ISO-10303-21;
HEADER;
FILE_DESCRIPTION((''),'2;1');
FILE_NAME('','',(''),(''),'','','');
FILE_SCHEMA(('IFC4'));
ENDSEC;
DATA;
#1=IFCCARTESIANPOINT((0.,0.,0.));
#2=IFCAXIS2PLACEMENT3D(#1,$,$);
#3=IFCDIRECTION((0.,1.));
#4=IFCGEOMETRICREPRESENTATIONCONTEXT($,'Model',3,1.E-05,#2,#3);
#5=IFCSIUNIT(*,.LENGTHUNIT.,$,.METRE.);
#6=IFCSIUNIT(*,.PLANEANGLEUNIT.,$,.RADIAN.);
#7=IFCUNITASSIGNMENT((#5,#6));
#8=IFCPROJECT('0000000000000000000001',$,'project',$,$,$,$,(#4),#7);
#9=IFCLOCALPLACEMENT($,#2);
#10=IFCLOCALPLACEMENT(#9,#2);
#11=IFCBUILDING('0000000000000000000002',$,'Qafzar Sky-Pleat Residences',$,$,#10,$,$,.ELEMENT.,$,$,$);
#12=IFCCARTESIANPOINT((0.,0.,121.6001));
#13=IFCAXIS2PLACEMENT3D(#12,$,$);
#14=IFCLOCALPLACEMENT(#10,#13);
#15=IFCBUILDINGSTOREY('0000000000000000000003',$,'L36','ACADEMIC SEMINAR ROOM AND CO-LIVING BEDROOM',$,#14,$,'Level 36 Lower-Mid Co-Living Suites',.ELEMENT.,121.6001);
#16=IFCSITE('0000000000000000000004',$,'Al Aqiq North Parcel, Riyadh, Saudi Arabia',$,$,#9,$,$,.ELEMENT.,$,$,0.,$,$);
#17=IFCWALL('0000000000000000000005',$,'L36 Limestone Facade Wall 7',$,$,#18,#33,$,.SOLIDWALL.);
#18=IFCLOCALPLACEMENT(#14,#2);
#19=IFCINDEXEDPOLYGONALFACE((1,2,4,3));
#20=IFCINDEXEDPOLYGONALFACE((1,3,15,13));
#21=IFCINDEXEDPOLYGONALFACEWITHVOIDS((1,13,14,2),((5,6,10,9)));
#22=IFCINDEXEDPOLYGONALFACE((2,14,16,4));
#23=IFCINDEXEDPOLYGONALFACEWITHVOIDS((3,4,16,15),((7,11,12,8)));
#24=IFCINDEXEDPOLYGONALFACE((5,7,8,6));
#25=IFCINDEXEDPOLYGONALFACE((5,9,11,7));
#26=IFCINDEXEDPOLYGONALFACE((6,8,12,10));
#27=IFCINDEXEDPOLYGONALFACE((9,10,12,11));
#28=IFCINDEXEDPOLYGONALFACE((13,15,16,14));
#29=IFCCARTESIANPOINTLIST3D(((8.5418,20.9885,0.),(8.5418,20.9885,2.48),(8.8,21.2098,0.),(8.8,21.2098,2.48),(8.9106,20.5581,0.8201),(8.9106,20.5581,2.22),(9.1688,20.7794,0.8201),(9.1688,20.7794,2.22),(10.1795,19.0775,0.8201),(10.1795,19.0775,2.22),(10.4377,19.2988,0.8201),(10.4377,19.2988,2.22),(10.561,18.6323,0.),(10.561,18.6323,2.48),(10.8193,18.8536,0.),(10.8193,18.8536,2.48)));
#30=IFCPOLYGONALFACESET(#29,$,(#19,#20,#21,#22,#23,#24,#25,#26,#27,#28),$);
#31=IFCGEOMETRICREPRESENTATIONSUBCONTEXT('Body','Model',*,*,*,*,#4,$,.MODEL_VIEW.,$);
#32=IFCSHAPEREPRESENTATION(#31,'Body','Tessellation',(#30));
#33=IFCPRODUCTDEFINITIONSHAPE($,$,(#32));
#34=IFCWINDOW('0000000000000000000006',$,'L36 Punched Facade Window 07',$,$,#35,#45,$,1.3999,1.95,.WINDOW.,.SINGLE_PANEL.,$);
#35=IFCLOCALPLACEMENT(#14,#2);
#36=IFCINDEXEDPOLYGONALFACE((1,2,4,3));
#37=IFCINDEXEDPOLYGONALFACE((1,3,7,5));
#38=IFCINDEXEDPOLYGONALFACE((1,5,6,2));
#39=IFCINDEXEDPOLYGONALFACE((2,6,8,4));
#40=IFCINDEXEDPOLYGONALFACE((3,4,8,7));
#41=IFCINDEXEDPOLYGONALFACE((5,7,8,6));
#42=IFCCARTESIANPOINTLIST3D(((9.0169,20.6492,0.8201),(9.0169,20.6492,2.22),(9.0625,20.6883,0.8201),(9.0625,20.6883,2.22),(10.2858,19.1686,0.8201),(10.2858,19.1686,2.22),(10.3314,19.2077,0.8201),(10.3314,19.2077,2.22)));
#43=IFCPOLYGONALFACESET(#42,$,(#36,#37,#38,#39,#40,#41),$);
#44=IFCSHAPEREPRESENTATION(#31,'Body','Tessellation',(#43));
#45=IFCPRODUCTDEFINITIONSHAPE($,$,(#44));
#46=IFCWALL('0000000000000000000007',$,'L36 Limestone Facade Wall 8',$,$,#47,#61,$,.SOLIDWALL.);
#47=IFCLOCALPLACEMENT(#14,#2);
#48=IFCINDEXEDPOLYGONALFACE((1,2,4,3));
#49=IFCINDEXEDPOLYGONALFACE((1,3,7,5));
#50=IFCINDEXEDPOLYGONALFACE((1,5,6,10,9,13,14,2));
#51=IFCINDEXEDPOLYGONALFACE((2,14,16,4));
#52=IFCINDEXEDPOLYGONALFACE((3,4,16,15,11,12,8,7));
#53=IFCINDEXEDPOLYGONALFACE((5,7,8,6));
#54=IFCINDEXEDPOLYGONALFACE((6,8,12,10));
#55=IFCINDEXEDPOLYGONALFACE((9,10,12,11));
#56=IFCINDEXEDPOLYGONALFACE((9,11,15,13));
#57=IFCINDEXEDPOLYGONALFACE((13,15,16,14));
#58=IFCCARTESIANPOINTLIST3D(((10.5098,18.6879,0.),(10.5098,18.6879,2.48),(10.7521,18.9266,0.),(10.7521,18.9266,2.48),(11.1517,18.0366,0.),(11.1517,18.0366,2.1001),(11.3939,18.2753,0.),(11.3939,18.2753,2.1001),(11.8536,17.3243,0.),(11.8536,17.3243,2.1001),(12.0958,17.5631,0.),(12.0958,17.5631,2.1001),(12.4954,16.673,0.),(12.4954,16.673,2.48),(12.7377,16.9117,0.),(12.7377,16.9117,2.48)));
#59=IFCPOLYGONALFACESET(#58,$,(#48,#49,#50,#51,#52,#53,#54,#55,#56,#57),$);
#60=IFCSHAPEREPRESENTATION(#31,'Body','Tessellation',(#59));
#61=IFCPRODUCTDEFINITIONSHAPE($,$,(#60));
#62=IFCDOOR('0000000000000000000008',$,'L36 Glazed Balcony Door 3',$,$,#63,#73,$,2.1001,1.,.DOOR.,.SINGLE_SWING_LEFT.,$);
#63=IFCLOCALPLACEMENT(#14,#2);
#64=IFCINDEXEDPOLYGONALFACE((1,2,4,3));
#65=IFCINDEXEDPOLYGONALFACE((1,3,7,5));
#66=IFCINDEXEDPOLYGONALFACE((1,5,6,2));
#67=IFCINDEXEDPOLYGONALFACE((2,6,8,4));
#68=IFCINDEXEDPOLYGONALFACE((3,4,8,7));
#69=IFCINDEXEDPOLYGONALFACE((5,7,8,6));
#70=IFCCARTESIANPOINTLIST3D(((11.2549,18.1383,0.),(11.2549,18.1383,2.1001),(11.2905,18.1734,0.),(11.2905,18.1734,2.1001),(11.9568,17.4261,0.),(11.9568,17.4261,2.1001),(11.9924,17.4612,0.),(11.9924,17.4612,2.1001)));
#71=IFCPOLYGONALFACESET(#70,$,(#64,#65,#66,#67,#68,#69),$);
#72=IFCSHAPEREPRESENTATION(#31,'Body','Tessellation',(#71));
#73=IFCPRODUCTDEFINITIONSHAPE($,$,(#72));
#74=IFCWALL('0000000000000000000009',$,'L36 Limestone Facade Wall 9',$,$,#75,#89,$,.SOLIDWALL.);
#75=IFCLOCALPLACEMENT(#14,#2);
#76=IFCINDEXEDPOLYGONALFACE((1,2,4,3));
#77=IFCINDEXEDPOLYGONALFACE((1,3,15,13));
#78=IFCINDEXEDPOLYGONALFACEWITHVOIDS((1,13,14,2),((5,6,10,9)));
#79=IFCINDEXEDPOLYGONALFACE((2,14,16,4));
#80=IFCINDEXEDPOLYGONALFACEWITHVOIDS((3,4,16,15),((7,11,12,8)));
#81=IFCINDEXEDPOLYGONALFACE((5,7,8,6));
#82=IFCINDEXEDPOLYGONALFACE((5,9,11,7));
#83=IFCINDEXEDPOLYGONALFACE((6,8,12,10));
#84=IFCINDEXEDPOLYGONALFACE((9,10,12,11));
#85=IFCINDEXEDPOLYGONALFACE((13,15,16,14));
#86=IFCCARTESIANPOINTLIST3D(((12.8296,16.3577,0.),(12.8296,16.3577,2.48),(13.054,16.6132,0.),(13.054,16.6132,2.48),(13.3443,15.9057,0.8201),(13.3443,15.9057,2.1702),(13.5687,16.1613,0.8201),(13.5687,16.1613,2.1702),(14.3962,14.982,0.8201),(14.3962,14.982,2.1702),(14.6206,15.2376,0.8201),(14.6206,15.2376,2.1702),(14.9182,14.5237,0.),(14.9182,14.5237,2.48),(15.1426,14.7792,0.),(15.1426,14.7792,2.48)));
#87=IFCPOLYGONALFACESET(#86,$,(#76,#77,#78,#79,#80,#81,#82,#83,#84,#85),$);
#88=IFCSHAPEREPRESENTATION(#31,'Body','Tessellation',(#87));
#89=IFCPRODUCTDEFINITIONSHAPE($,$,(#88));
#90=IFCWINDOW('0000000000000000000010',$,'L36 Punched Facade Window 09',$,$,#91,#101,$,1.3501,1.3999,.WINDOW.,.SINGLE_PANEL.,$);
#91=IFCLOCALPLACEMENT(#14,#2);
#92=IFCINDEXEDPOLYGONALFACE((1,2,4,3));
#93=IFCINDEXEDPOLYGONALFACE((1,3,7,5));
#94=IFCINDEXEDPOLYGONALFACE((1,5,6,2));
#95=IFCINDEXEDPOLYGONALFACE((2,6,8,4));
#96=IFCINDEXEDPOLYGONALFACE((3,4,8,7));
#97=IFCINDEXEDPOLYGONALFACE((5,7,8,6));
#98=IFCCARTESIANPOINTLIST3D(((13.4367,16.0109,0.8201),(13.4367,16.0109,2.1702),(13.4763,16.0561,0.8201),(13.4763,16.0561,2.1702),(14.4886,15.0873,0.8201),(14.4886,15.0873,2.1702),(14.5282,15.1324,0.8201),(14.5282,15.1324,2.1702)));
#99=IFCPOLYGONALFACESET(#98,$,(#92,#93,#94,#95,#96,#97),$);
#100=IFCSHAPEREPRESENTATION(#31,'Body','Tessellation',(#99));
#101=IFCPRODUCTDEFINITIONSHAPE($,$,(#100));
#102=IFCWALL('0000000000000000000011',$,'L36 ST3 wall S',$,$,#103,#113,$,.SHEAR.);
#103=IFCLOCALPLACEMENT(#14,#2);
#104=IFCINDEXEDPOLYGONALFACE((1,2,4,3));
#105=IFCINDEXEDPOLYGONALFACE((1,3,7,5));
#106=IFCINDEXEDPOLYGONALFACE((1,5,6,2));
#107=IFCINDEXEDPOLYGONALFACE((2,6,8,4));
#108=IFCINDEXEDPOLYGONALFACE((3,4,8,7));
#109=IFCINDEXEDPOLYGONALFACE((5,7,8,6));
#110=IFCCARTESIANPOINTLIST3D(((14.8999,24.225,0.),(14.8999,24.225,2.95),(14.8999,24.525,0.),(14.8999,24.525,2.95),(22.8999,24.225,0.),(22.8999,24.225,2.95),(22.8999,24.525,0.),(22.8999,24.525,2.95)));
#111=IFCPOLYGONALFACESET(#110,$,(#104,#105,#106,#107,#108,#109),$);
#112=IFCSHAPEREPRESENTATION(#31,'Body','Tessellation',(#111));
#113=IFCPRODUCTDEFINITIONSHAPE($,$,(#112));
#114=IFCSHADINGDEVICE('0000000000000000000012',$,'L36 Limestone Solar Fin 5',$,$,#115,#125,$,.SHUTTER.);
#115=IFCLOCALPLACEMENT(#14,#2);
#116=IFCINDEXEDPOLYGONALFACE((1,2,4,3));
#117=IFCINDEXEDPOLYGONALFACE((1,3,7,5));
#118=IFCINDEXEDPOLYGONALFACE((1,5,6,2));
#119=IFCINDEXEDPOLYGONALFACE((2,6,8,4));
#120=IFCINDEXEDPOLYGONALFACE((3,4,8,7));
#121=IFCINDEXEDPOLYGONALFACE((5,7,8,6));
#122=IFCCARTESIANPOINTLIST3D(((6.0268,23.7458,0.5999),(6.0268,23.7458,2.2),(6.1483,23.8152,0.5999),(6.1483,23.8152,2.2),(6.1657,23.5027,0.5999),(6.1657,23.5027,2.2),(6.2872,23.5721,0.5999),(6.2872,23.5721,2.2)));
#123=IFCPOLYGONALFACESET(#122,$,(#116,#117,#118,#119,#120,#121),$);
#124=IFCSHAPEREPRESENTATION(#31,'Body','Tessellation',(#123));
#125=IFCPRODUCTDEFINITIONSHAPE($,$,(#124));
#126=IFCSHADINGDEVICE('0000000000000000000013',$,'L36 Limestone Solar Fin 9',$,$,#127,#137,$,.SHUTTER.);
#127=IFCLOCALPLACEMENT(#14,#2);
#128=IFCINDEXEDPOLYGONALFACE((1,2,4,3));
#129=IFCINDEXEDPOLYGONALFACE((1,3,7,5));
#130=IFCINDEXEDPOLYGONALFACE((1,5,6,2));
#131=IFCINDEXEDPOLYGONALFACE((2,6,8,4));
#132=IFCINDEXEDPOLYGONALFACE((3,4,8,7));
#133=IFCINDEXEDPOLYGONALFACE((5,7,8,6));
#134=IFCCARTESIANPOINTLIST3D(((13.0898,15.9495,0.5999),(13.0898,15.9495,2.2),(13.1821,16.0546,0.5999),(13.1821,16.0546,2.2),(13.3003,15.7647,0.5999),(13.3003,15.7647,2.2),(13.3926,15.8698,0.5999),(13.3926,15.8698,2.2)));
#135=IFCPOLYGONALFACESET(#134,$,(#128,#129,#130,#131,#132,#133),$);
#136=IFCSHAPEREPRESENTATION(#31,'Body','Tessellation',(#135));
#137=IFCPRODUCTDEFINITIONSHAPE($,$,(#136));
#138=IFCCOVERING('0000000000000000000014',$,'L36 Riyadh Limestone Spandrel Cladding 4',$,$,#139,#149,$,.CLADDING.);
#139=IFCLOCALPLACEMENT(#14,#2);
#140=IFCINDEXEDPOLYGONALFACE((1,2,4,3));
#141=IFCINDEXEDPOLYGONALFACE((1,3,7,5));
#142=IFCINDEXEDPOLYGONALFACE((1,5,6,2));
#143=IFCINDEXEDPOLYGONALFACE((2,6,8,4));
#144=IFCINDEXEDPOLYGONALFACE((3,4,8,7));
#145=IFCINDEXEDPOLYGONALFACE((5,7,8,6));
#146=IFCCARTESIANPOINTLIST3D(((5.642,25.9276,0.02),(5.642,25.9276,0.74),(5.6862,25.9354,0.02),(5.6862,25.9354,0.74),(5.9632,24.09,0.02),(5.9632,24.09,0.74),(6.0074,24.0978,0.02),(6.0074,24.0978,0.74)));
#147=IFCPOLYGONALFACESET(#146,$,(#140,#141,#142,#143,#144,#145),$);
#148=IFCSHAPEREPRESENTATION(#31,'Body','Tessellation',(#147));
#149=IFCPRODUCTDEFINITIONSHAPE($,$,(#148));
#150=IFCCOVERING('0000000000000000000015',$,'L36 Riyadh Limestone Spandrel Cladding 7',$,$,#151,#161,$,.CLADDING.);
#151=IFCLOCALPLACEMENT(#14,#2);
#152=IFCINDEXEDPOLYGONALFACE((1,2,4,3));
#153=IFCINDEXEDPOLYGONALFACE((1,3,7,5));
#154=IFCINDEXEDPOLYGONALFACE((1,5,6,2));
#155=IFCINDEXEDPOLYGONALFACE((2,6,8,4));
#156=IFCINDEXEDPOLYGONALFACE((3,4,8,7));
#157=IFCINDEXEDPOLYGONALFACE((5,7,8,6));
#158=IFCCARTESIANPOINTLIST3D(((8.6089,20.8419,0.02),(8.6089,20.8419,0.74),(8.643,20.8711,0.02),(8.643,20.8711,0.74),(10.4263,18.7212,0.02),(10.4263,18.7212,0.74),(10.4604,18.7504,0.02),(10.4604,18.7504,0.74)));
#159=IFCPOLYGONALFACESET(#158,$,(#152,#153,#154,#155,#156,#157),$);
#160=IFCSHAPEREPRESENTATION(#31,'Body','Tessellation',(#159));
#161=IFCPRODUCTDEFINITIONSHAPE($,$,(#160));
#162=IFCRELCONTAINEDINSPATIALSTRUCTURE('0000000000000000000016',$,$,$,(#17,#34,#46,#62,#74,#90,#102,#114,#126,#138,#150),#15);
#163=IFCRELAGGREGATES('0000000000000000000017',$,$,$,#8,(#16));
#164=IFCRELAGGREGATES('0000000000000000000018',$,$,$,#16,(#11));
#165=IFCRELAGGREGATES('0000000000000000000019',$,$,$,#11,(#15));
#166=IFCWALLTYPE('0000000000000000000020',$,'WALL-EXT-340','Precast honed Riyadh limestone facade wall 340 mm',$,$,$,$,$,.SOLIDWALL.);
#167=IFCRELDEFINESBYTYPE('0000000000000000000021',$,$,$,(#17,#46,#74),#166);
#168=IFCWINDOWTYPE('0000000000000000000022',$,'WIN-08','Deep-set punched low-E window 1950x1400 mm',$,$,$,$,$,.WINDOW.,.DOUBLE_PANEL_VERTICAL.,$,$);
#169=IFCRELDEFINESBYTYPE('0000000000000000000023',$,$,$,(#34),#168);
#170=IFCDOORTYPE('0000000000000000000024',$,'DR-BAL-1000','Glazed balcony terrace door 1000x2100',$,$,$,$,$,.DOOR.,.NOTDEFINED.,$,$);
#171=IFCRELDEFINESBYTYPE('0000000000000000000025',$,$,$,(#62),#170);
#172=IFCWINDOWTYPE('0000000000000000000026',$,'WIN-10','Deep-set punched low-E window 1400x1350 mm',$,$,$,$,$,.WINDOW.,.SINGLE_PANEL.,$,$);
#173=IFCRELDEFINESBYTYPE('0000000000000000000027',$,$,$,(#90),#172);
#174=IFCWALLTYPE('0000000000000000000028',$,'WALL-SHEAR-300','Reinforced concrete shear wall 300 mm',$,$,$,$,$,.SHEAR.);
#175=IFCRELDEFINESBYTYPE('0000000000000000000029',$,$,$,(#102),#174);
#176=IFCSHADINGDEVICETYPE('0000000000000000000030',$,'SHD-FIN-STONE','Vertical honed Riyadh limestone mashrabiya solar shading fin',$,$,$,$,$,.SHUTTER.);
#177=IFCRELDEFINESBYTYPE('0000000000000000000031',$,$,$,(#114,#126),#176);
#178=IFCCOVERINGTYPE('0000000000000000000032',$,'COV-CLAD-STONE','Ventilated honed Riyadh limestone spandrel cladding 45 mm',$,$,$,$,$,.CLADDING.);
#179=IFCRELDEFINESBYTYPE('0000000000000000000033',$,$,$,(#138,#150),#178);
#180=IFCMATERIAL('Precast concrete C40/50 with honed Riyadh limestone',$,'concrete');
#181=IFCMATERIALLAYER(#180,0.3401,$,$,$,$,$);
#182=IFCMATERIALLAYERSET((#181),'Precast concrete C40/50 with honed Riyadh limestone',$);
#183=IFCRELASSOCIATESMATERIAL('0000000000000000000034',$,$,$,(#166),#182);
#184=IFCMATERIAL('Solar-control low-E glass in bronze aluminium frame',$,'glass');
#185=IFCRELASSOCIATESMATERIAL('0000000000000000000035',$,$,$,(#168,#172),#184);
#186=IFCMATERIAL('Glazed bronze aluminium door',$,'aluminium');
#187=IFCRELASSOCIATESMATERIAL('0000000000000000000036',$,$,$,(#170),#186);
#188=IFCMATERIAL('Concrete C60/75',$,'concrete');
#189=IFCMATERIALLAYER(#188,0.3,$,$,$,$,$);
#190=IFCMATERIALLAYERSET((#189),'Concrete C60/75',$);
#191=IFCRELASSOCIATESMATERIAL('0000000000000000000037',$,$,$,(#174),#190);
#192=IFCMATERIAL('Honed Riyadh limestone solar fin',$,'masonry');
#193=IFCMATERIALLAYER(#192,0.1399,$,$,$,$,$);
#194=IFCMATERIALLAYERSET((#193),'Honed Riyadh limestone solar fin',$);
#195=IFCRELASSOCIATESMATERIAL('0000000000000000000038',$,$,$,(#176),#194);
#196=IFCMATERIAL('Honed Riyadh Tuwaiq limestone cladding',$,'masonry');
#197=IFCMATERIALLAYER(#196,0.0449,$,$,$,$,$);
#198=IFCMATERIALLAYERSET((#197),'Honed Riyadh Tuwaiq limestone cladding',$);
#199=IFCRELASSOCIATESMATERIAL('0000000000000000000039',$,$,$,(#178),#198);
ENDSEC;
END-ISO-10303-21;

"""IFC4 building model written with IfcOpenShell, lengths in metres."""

from ifc_helpers import new_model, si_unit, direction, frame, frame_2d, origin, origin_2d, place, context, subcontext, project, spatial, rectangle, extrude, source, transform, mapped, material, layer, layer_set, type_object, element, fill, save


model = new_model("IFC4")

# Units and contexts
model_context = context("Model", 3, precision=1e-05, world=origin(), true_north=direction((0.0, 1.0)))
body_context = subcontext(model_context, "Body", "Model", "MODEL_VIEW")
ifc_project = project(units=[si_unit("LENGTHUNIT", "METRE"), si_unit("PLANEANGLEUNIT", "RADIAN")], contexts=[model_context])

# Site, building, storey
site_placement = place(None, origin())
site = spatial("IfcSite", under=ifc_project, at=site_placement, Name="Al Aqiq North Parcel, Riyadh, Saudi Arabia", CompositionType="ELEMENT", RefElevation=0.0)
building_placement = place(site_placement, origin())
building = spatial("IfcBuilding", under=site, at=building_placement, Name="Qafzar Sky-Pleat Residences", CompositionType="ELEMENT")
storey_placement = place(building_placement, frame((0.0, 0.0, 121.6001)))
storey = spatial("IfcBuildingStorey", under=building, at=storey_placement, Name="L36", Description="ACADEMIC SEMINAR ROOM AND CO-LIVING BEDROOM", LongName="Level 36 Lower-Mid Co-Living Suites", CompositionType="ELEMENT", Elevation=121.6001)

# Shared definitions
ifc_material_1 = material(Name="Concrete C60/75", Category="concrete")

# Wall, opening, window
ifc_material_2 = material(Name="Precast concrete C40/50 with honed Riyadh limestone", Category="concrete")
ifc_layer_1 = layer(ifc_material_2, 0.3401)
ifc_layer_set_1 = layer_set([ifc_layer_1], Name="Precast concrete C40/50 with honed Riyadh limestone")
wall_type_1 = type_object("IfcWallType", Name="WALL-EXT-340", Description="Precast honed Riyadh limestone facade wall 340 mm", PredefinedType="SOLIDWALL", material=ifc_layer_set_1)
ifc_material_3 = material(Name="Solar-control low-E glass in bronze aluminium frame", Category="glass")
wall_1_placement = place(storey_placement, frame((8.6709, 21.0991, 0.0), z_axis=(0.0, 0.0, 1.0), x_axis=(0.650733, -0.759307, 0.0)))
wall_1 = element("IfcWall", 1, at=wall_1_placement, inside=storey, type_object=wall_type_1, Name="L36 Limestone Facade Wall 7", PredefinedType="SOLIDWALL", context=body_context, shape_type="SweptSolid", body=[
    extrude(rectangle(XDim=3.103, YDim=0.3401, at=frame_2d((1.5515, 0.0))), origin(), (0.0, 0.0, 1.0), 2.48),
])
opening_1_placement = place(wall_1_placement, frame((0.5667, 0.0, 0.8201)))
opening_1 = element("IfcOpeningElement", 2, at=opening_1_placement, cuts=wall_1, PredefinedType="OPENING", context=body_context, shape_type="SweptSolid", body=[
    extrude(rectangle(XDim=1.95, YDim=1.3999, at=frame_2d((0.9751, 0.7))), frame((0.0, 0.1802, 0.0), z_axis=(0.0, -1.0, 0.0), x_axis=(1.0, 0.0, 0.0)), (0.0, 0.0, 1.0), 0.3601),
])
window_type_1 = type_object("IfcWindowType", Name="WIN-08", Description="Deep-set punched low-E window 1950x1400 mm", PartitioningType="DOUBLE_PANEL_VERTICAL", PredefinedType="WINDOW", material=ifc_material_3)
shared_shape_1 = source(origin(), body_context, "Body", "SweptSolid", [
    extrude(rectangle(XDim=1.95, YDim=1.3999, at=frame_2d((0.9751, 0.7))), frame((0.0, 0.03, 0.0), z_axis=(0.0, -1.0, 0.0), x_axis=(1.0, 0.0, 0.0)), (0.0, 0.0, 1.0), 0.0601),
])
window_1_placement = place(opening_1_placement, origin())
window_1 = element("IfcWindow", 3, at=window_1_placement, inside=storey, type_object=window_type_1, Name="L36 Punched Facade Window 07", OverallHeight=1.3999, OverallWidth=1.95, PartitioningType="SINGLE_PANEL", PredefinedType="WINDOW", context=body_context, shape_type="MappedRepresentation", body=[
    mapped(shared_shape_1, transform((0.0, 0.0, 0.0), x_axis=(1.0, 0.0, 0.0), y_axis=(0.0, 1.0, 0.0), z_axis=(0.0, 0.0, 1.0), scale=1.0)),
])
fill(opening_1, window_1)

# Wall, opening, door
wall_2_placement = place(storey_placement, frame((10.6309, 18.8074, 0.0), z_axis=(0.0, 0.0, 1.0), x_axis=(0.70191, -0.712266, 0.0)))
wall_2 = element("IfcWall", 4, at=wall_2_placement, inside=storey, type_object=wall_type_1, Name="L36 Limestone Facade Wall 8", PredefinedType="SOLIDWALL", context=body_context, shape_type="SweptSolid", body=[
    extrude(rectangle(XDim=2.8289, YDim=0.3401, at=frame_2d((1.4146, 0.0))), origin(), (0.0, 0.0, 1.0), 2.48),
])
opening_2_placement = place(wall_2_placement, frame((0.9146, 0.0, 0.0)))
opening_2 = element("IfcOpeningElement", 5, at=opening_2_placement, cuts=wall_2, PredefinedType="OPENING", context=body_context, shape_type="SweptSolid", body=[
    extrude(rectangle(XDim=1.0, YDim=2.1001, at=frame_2d((0.5, 1.05))), frame((0.0, 0.1802, 0.0), z_axis=(0.0, -1.0, 0.0), x_axis=(1.0, 0.0, 0.0)), (0.0, 0.0, 1.0), 0.3601),
])
ifc_material_4 = material(Name="Glazed bronze aluminium door", Category="aluminium")
door_type = type_object("IfcDoorType", Name="DR-BAL-1000", Description="Glazed balcony terrace door 1000x2100", OperationType="NOTDEFINED", PredefinedType="DOOR", material=ifc_material_4)
shared_shape_2 = source(origin(), body_context, "Body", "SweptSolid", [
    extrude(rectangle(XDim=1.0, YDim=2.1001, at=frame_2d((0.5, 1.05))), frame((0.0, 0.0249, 0.0), z_axis=(0.0, -1.0, 0.0), x_axis=(1.0, 0.0, 0.0)), (0.0, 0.0, 1.0), 0.05),
])
door_placement = place(opening_2_placement, origin())
door = element("IfcDoor", 6, at=door_placement, inside=storey, type_object=door_type, Name="L36 Glazed Balcony Door 3", OperationType="SINGLE_SWING_LEFT", OverallHeight=2.1001, OverallWidth=1.0, PredefinedType="DOOR", context=body_context, shape_type="MappedRepresentation", body=[
    mapped(shared_shape_2, transform((0.0, 0.0, 0.0), x_axis=(1.0, 0.0, 0.0), y_axis=(0.0, 1.0, 0.0), z_axis=(0.0, 0.0, 1.0), scale=1.0)),
])
fill(opening_2, door)

# Wall, opening, window
wall_3_placement = place(storey_placement, frame((12.9419, 16.4854, 0.0), z_axis=(0.0, 0.0, 1.0), x_axis=(0.751427, -0.659816, 0.0)))
wall_3 = element("IfcWall", 7, at=wall_3_placement, inside=storey, type_object=wall_type_1, Name="L36 Limestone Facade Wall 9", PredefinedType="SOLIDWALL", context=body_context, shape_type="SweptSolid", body=[
    extrude(rectangle(XDim=2.7795, YDim=0.3401, at=frame_2d((1.3896, 0.0))), origin(), (0.0, 0.0, 1.0), 2.48),
])
opening_3_placement = place(wall_3_placement, frame((0.6848, 0.0, 0.8201)))
opening_3 = element("IfcOpeningElement", 8, at=opening_3_placement, cuts=wall_3, PredefinedType="OPENING", context=body_context, shape_type="SweptSolid", body=[
    extrude(rectangle(XDim=1.3999, YDim=1.3501, at=frame_2d((0.7, 0.675))), frame((0.0, 0.1802, 0.0), z_axis=(0.0, -1.0, 0.0), x_axis=(1.0, 0.0, 0.0)), (0.0, 0.0, 1.0), 0.3601),
])
window_type_2 = type_object("IfcWindowType", Name="WIN-10", Description="Deep-set punched low-E window 1400x1350 mm", PartitioningType="SINGLE_PANEL", PredefinedType="WINDOW", material=ifc_material_3)
shared_shape_3 = source(origin(), body_context, "Body", "SweptSolid", [
    extrude(rectangle(XDim=1.3999, YDim=1.3501, at=frame_2d((0.7, 0.675))), frame((0.0, 0.03, 0.0), z_axis=(0.0, -1.0, 0.0), x_axis=(1.0, 0.0, 0.0)), (0.0, 0.0, 1.0), 0.0601),
])
window_2_placement = place(opening_3_placement, origin())
window_2 = element("IfcWindow", 9, at=window_2_placement, inside=storey, type_object=window_type_2, Name="L36 Punched Facade Window 09", OverallHeight=1.3501, OverallWidth=1.3999, PartitioningType="SINGLE_PANEL", PredefinedType="WINDOW", context=body_context, shape_type="MappedRepresentation", body=[
    mapped(shared_shape_3, transform((0.0, 0.0, 0.0), x_axis=(1.0, 0.0, 0.0), y_axis=(0.0, 1.0, 0.0), z_axis=(0.0, 0.0, 1.0), scale=1.0)),
])
fill(opening_3, window_2)

# Wall
ifc_layer_2 = layer(ifc_material_1, 0.3)
ifc_layer_set_2 = layer_set([ifc_layer_2], Name="Concrete C60/75")
wall_type_2 = type_object("IfcWallType", Name="WALL-SHEAR-300", Description="Reinforced concrete shear wall 300 mm", PredefinedType="SHEAR", material=ifc_layer_set_2)
wall_4_placement = place(storey_placement, frame((14.8999, 24.375, 0.0), z_axis=(0.0, 0.0, 1.0), x_axis=(1.0, 0.0, 0.0)))
element("IfcWall", 10, at=wall_4_placement, inside=storey, type_object=wall_type_2, Name="L36 ST3 wall S", PredefinedType="SHEAR", context=body_context, shape_type="SweptSolid", body=[
    extrude(rectangle(XDim=8.0, YDim=0.3, at=frame_2d((4.0, 0.0))), origin(), (0.0, 0.0, 1.0), 2.95),
])

# Shading devices
ifc_material_5 = material(Name="Honed Riyadh limestone solar fin", Category="masonry")
ifc_layer_3 = layer(ifc_material_5, 0.1399)
ifc_layer_set_3 = layer_set([ifc_layer_3], Name="Honed Riyadh limestone solar fin")
shading_device_type = type_object("IfcShadingDeviceType", Name="SHD-FIN-STONE", Description="Vertical honed Riyadh limestone mashrabiya solar shading fin", PredefinedType="SHUTTER", material=ifc_layer_set_3)
shared_shape_4 = source(origin(), body_context, "Body", "SweptSolid", [
    extrude(rectangle(XDim=0.1399, YDim=0.28, at=origin_2d()), origin(), (0.0, 0.0, 1.0), 1.6001),
])
for number, where, z_axis, x_axis, name in (
    (11, (6.157, 23.6589, 0.5999), (0.0, 0.0, 1.0), (-0.868308, -0.496026, 0.0), "L36 Limestone Solar Fin 5"),
    (12, (13.2412, 15.9097, 0.5999), (0.0, 0.0, 1.0), (-0.659785, -0.751454, 0.0), "L36 Limestone Solar Fin 9"),
):
    element("IfcShadingDevice", number, at=place(storey_placement, frame(where, z_axis=z_axis, x_axis=x_axis)), inside=storey, type_object=shading_device_type, Name=name, PredefinedType="SHUTTER", context=body_context, shape_type="MappedRepresentation", body=[
        mapped(shared_shape_4, transform((0.0, 0.0, 0.0), x_axis=(1.0, 0.0, 0.0), y_axis=(0.0, 1.0, 0.0), z_axis=(0.0, 0.0, 1.0), scale=1.0)),
    ])

# Coverings
ifc_material_6 = material(Name="Honed Riyadh Tuwaiq limestone cladding", Category="masonry")
ifc_layer_4 = layer(ifc_material_6, 0.0449)
ifc_layer_set_4 = layer_set([ifc_layer_4], Name="Honed Riyadh Tuwaiq limestone cladding")
covering_type = type_object("IfcCoveringType", Name="COV-CLAD-STONE", Description="Ventilated honed Riyadh limestone spandrel cladding 45 mm", PredefinedType="CLADDING", material=ifc_layer_set_4)
shared_shape_5 = source(origin(), body_context, "Body", "SweptSolid", [
    extrude(rectangle(XDim=1.8655, YDim=0.0449, at=origin_2d()), origin(), (0.0, 0.0, 1.0), 0.72),
])
covering_1_placement = place(storey_placement, frame((5.8247, 25.0127, 0.02), z_axis=(0.0, 0.0, 1.0), x_axis=(0.17217, -0.985067, 0.0)))
element("IfcCovering", 13, at=covering_1_placement, inside=storey, type_object=covering_type, Name="L36 Riyadh Limestone Spandrel Cladding 4", PredefinedType="CLADDING", context=body_context, shape_type="MappedRepresentation", body=[
    mapped(shared_shape_5, transform((0.0, 0.0, 0.0), x_axis=(1.0, 0.0, 0.0), y_axis=(0.0, 1.0, 0.0), z_axis=(0.0, 0.0, 1.0), scale=1.0)),
])
shared_shape_6 = source(origin(), body_context, "Body", "SweptSolid", [
    extrude(rectangle(XDim=2.793, YDim=0.0449, at=origin_2d()), origin(), (0.0, 0.0, 1.0), 0.72),
])
covering_2_placement = place(storey_placement, frame((9.5347, 19.7961, 0.02), z_axis=(0.0, 0.0, 1.0), x_axis=(0.650722, -0.759316, 0.0)))
element("IfcCovering", 14, at=covering_2_placement, inside=storey, type_object=covering_type, Name="L36 Riyadh Limestone Spandrel Cladding 7", PredefinedType="CLADDING", context=body_context, shape_type="MappedRepresentation", body=[
    mapped(shared_shape_6, transform((0.0, 0.0, 0.0), x_axis=(1.0, 0.0, 0.0), y_axis=(0.0, 1.0, 0.0), z_axis=(0.0, 0.0, 1.0), scale=1.0)),
])

save(model, "model.ifc")
